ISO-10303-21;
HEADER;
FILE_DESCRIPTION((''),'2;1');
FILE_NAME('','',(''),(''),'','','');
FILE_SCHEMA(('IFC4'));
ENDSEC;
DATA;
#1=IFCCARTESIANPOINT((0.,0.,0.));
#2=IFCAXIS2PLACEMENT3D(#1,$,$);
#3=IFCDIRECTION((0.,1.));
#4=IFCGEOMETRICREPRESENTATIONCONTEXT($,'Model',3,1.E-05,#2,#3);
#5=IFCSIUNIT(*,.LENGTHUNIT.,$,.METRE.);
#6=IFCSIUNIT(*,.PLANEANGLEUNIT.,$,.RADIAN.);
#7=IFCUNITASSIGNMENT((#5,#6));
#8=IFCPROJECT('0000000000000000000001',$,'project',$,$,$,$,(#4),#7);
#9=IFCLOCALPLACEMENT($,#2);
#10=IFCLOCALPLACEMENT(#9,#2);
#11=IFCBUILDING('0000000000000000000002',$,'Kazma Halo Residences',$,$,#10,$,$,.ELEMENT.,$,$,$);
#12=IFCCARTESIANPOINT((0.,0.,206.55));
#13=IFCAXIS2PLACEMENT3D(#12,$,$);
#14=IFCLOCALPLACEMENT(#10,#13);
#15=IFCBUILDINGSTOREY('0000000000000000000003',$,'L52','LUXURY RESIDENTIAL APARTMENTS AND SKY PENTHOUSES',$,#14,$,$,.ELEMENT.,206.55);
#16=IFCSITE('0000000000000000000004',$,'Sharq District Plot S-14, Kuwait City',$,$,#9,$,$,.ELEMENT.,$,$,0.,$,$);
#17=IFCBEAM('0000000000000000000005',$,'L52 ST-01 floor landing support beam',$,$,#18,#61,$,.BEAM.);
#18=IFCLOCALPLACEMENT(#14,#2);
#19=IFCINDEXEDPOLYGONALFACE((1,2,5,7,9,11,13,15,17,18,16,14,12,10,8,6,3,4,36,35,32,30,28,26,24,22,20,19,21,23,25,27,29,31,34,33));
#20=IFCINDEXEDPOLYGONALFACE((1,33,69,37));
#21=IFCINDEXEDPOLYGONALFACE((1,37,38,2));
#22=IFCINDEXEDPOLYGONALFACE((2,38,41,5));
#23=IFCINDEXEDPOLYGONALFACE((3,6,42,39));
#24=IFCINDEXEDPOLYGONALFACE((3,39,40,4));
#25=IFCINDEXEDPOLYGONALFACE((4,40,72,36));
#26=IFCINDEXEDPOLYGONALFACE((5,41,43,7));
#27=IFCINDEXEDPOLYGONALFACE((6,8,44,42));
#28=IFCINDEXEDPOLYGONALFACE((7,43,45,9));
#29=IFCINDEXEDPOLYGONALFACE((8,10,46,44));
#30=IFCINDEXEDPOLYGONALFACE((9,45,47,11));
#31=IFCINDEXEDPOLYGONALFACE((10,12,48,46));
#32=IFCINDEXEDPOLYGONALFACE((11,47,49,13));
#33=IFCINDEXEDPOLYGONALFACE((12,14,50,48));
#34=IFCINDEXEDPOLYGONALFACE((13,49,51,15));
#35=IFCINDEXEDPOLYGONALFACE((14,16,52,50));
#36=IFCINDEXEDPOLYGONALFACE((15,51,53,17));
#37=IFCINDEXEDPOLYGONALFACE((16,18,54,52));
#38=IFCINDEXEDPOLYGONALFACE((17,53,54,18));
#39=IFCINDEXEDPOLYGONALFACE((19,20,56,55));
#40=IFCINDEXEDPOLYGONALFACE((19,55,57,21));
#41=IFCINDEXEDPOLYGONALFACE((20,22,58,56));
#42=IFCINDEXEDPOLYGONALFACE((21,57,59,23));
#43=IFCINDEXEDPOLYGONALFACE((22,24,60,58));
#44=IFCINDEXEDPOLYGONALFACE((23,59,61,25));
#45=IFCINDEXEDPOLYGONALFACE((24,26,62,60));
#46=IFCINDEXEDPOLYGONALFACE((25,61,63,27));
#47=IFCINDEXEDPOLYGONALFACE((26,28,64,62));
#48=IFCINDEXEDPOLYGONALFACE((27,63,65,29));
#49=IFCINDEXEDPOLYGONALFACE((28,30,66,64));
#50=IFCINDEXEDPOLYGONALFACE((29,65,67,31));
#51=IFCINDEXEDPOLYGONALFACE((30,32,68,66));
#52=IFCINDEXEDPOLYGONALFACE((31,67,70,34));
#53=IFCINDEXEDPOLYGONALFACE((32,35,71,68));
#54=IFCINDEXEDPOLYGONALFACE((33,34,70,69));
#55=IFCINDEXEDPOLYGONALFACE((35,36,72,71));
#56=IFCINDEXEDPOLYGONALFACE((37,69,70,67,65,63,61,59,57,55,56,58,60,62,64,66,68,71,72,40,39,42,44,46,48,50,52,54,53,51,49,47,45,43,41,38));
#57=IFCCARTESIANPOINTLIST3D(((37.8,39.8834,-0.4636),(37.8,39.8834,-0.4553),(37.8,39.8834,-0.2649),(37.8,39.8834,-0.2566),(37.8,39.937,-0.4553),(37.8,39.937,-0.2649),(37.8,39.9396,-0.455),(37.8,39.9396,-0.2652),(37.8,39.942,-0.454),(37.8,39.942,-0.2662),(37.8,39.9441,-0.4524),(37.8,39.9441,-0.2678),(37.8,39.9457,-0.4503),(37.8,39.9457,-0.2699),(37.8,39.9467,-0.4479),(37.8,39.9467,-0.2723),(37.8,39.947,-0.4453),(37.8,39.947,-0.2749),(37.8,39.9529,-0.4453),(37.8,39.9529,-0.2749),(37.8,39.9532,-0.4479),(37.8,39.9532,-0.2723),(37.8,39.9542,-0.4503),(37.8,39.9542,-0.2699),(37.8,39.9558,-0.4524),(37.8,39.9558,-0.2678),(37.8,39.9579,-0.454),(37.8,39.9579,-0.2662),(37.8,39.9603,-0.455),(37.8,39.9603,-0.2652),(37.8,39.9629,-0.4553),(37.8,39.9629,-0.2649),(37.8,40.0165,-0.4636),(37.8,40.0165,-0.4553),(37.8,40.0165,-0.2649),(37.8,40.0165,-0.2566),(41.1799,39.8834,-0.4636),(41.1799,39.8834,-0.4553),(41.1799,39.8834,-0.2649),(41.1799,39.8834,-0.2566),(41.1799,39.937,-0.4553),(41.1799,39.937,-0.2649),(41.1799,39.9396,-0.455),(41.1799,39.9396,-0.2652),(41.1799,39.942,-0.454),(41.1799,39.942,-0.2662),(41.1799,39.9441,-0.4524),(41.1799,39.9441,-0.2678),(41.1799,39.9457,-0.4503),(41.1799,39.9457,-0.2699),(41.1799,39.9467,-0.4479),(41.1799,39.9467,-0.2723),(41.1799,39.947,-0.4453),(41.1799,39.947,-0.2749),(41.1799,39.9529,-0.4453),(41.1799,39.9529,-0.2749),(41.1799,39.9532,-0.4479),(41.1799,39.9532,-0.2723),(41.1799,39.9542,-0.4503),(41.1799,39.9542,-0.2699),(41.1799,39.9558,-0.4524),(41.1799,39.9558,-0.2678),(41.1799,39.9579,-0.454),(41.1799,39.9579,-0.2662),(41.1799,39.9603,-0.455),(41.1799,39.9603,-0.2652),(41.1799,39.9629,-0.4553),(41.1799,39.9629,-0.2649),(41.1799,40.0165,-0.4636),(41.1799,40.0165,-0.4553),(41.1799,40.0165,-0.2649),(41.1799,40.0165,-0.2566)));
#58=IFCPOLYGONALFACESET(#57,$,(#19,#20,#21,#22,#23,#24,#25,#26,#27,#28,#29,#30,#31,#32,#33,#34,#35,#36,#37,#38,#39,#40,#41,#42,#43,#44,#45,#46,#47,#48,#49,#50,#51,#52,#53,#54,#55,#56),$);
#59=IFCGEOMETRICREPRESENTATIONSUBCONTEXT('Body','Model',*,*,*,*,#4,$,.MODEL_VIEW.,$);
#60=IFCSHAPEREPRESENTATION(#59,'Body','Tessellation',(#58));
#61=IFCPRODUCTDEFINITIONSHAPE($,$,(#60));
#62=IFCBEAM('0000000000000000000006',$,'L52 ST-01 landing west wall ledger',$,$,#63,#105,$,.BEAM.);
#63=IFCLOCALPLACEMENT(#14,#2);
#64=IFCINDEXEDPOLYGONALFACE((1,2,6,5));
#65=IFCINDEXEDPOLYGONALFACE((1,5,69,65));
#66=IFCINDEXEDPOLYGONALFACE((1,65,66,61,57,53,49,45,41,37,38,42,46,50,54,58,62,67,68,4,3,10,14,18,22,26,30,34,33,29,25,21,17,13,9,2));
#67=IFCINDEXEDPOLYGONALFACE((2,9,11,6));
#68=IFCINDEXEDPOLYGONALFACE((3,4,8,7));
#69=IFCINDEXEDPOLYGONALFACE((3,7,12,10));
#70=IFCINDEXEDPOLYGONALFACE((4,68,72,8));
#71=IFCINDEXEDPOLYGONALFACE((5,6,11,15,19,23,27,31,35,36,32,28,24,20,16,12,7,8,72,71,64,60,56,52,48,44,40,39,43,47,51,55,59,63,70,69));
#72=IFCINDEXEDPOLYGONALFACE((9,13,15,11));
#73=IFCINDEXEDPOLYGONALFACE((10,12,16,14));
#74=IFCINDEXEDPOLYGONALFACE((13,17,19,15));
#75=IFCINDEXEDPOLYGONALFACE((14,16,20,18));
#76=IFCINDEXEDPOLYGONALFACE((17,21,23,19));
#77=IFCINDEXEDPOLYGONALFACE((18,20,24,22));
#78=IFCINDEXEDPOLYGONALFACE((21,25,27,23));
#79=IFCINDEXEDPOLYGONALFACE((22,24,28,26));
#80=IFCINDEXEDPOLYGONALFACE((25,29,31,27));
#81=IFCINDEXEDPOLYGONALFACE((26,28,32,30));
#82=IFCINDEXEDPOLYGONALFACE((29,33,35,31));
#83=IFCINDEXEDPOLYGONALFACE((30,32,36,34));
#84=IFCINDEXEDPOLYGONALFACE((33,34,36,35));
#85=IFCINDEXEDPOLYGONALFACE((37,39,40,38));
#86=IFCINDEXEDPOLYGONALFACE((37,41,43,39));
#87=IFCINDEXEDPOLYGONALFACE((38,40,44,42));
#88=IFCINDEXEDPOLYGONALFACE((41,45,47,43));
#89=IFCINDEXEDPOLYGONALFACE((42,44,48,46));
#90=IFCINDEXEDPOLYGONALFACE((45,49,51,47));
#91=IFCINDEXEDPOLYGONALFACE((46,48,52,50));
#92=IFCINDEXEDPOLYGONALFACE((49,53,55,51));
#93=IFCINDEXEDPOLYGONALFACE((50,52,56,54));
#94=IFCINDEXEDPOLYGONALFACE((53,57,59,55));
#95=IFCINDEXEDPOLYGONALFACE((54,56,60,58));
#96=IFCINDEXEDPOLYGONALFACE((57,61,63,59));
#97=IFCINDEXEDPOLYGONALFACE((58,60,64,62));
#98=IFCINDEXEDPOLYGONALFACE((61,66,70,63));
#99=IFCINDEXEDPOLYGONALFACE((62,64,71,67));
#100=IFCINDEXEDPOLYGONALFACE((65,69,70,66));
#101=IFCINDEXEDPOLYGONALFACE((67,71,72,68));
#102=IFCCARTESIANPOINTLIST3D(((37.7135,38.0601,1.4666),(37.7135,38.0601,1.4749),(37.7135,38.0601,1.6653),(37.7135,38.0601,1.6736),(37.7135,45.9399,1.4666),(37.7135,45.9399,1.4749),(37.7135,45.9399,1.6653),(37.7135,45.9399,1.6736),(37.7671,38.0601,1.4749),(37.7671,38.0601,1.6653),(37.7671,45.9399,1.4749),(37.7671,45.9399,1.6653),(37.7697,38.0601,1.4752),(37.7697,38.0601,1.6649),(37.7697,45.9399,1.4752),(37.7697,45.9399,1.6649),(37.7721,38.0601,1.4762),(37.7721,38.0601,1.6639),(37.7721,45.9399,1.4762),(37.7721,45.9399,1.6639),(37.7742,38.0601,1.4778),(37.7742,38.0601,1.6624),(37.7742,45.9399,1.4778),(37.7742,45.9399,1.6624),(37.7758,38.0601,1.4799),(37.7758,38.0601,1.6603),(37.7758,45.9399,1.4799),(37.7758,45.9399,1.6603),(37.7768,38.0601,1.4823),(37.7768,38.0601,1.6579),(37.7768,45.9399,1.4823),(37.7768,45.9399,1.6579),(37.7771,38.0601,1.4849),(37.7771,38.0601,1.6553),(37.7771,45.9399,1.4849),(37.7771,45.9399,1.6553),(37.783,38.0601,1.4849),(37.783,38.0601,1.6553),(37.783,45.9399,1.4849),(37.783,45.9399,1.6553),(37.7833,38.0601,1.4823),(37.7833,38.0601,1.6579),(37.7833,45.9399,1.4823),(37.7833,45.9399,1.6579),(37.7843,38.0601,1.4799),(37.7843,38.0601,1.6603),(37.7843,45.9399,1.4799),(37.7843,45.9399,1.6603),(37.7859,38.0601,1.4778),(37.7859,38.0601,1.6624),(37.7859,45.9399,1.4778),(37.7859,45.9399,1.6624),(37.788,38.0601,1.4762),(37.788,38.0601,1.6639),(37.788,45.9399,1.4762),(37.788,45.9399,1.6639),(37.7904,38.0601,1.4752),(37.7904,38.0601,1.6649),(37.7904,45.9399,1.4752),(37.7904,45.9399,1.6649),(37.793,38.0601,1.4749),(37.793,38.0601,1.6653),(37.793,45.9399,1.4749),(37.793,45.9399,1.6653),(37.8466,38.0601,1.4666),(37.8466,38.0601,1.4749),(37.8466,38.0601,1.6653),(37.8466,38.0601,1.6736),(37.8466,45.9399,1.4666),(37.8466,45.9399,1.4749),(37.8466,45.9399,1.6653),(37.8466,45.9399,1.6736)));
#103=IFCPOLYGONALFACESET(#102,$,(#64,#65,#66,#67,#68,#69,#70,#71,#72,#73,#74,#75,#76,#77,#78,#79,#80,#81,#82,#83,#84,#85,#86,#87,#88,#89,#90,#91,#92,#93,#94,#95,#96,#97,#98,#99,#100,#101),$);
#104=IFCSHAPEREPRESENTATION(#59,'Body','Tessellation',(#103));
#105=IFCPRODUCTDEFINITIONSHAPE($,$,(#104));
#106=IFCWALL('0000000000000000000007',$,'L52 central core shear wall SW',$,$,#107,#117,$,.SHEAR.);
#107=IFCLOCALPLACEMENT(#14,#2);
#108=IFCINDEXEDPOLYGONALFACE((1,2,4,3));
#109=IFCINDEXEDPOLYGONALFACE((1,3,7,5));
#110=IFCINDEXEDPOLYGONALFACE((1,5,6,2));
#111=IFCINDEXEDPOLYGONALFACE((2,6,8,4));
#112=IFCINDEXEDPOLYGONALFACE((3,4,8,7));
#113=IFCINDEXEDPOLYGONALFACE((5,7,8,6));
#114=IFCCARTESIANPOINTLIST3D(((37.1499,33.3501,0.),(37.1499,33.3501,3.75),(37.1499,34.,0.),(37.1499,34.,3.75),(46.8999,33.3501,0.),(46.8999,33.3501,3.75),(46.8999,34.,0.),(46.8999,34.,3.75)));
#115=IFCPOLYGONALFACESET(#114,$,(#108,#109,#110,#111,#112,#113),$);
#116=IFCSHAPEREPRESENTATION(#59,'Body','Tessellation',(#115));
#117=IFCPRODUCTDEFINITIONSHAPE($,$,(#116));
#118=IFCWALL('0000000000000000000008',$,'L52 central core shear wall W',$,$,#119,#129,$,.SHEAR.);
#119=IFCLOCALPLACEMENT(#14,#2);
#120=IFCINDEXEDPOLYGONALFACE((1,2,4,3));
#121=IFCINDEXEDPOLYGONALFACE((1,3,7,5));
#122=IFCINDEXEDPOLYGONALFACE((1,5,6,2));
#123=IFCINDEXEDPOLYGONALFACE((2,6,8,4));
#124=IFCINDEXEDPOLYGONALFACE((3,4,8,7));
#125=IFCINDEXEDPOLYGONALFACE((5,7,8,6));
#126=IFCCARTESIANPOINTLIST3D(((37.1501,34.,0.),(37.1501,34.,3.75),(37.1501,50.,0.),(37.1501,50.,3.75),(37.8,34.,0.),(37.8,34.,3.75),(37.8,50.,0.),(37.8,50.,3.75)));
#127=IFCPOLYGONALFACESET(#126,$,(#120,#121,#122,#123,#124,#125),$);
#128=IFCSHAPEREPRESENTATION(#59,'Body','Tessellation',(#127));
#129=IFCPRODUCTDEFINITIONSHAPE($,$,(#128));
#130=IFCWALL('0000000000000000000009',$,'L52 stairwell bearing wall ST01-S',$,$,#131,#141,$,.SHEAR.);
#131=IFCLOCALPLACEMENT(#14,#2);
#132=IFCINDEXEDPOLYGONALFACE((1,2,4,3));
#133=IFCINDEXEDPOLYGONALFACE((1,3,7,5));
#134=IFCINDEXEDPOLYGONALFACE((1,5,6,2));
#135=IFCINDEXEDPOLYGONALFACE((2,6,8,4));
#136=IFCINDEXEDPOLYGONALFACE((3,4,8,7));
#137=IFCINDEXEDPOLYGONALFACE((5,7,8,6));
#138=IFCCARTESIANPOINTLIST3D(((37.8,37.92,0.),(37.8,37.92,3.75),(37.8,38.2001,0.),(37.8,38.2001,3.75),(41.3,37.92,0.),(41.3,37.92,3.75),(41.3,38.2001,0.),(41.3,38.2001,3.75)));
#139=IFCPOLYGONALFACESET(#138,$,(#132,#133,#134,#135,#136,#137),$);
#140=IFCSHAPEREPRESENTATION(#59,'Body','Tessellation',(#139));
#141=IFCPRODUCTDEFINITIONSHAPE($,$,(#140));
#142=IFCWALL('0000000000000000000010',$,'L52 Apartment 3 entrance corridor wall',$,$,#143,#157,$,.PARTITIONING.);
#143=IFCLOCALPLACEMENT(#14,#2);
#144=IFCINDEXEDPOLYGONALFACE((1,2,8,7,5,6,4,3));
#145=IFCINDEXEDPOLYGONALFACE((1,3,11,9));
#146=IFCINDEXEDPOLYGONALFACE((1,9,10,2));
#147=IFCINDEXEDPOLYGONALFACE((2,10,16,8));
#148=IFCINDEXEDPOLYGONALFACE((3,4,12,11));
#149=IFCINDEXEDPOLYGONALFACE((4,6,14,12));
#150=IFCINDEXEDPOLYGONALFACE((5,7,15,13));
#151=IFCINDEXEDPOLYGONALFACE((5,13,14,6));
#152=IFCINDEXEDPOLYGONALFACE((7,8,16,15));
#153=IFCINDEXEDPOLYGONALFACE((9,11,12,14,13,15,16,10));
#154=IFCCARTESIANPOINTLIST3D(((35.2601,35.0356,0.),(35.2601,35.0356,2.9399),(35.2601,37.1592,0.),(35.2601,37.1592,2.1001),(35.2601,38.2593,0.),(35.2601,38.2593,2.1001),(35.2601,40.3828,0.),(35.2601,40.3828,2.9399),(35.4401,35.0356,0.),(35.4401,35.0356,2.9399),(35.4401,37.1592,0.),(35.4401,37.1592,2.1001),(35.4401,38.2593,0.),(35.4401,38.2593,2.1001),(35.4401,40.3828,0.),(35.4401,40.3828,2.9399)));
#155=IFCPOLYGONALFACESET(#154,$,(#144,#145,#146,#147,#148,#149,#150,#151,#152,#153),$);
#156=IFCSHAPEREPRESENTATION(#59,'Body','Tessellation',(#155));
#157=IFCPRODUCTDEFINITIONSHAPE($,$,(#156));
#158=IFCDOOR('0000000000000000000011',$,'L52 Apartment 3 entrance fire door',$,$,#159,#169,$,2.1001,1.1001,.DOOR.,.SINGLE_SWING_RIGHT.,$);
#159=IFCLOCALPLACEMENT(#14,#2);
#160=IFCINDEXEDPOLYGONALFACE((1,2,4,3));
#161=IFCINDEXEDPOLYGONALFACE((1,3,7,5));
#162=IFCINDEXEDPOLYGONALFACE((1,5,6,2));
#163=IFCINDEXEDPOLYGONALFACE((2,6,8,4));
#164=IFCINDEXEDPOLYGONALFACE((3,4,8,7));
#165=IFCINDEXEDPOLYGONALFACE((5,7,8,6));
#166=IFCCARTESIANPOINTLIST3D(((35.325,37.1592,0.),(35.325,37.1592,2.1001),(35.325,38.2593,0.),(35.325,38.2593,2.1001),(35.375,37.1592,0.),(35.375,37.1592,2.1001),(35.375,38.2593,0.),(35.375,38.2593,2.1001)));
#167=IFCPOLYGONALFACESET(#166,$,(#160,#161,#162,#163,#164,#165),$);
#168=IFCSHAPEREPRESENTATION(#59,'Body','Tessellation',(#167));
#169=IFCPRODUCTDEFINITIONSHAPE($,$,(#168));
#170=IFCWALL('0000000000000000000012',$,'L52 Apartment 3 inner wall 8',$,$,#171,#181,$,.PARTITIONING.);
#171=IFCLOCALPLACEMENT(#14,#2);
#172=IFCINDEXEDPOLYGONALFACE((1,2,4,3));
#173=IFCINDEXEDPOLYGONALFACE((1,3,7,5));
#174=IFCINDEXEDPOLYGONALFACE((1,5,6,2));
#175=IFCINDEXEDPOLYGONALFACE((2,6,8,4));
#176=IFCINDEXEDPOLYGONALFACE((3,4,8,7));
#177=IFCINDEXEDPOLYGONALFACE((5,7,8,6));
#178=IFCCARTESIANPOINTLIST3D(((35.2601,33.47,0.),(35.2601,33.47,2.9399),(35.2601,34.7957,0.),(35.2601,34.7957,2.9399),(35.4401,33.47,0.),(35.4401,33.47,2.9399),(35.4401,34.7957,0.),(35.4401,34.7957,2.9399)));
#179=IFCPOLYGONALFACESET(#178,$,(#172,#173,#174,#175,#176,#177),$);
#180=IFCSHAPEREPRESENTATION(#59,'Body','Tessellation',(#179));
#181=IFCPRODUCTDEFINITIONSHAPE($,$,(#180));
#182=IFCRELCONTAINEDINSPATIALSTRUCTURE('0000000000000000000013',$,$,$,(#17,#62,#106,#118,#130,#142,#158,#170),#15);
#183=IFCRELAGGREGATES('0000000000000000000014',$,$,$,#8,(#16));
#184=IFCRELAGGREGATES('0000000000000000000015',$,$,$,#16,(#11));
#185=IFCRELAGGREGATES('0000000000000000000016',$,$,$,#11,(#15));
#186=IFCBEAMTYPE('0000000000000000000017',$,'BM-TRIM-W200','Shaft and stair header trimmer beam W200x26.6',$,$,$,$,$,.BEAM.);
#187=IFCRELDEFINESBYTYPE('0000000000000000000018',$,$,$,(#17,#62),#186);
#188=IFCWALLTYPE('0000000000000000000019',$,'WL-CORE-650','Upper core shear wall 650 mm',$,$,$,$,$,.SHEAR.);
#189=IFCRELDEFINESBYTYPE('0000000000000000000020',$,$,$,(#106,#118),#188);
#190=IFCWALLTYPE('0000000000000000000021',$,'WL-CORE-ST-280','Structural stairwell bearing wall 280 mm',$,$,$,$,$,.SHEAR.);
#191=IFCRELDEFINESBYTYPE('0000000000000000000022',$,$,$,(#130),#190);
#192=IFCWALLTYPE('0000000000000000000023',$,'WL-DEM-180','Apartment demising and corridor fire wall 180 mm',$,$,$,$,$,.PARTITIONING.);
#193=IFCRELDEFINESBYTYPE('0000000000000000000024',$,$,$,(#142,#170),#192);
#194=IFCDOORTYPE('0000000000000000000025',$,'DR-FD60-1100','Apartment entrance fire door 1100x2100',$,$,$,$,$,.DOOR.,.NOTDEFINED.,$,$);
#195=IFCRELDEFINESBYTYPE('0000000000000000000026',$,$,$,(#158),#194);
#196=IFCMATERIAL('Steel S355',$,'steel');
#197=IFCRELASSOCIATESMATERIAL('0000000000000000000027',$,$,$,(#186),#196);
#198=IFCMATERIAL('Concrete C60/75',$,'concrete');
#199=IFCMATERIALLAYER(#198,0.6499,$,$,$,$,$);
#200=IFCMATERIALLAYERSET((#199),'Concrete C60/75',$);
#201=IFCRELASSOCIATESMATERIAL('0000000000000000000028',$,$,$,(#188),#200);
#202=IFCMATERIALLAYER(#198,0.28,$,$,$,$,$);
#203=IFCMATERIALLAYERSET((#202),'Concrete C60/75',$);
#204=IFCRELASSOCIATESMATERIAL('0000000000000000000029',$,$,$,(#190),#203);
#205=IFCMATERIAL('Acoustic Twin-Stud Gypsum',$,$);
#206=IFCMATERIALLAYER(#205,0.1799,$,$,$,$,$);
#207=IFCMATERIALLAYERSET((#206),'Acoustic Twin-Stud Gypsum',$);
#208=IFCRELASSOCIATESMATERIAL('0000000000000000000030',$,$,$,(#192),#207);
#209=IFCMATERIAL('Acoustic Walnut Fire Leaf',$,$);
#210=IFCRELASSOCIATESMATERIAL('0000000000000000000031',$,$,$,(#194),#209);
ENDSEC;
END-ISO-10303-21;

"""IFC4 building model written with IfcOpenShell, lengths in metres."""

from ifc_helpers import new_model, si_unit, direction, frame, frame_2d, origin, origin_2d, place, context, subcontext, project, spatial, rectangle, i_section, extrude, material, layer, layer_set, material_profile, profile_set, type_object, element, fill, save


model = new_model("IFC4")

# Units and contexts
model_context = context("Model", 3, precision=1e-05, world=origin(), true_north=direction((0.0, 1.0)))
body_context = subcontext(model_context, "Body", "Model", "MODEL_VIEW")
ifc_project = project(units=[si_unit("LENGTHUNIT", "METRE"), si_unit("PLANEANGLEUNIT", "RADIAN")], contexts=[model_context])

# Site, building, storey
site_placement = place(None, origin())
site = spatial("IfcSite", under=ifc_project, at=site_placement, Name="Sharq District Plot S-14, Kuwait City", CompositionType="ELEMENT", RefElevation=0.0)
building_placement = place(site_placement, origin())
building = spatial("IfcBuilding", under=site, at=building_placement, Name="Kazma Halo Residences", CompositionType="ELEMENT")
storey_placement = place(building_placement, frame((0.0, 0.0, 206.55)))
storey = spatial("IfcBuildingStorey", under=building, at=storey_placement, Name="L52", Description="LUXURY RESIDENTIAL APARTMENTS AND SKY PENTHOUSES", CompositionType="ELEMENT", Elevation=206.55)

# Beams
ifc_material_1 = material(Name="Steel S355", Category="steel")
ifc_material_profile_1 = material_profile(ifc_material_1, i_section(OverallWidth=0.1331, OverallDepth=0.207, WebThickness=0.0059, FlangeThickness=0.0083, FilletRadius=0.01, at=origin_2d()), Name="W200x26.6")
ifc_profile_set_1 = profile_set([ifc_material_profile_1], Name="Steel S355")
beam_type_1 = type_object("IfcBeamType", Name="BM-TRIM-W200", Description="Shaft and stair header trimmer beam W200x26.6", PredefinedType="BEAM", material=ifc_profile_set_1)
beam_1_placement = place(storey_placement, frame((37.8, 39.95, -0.3601), z_axis=(1.0, 0.0, 0.0), x_axis=(0.0, 1.0, 0.0)))
element("IfcBeam", 1, at=beam_1_placement, inside=storey, type_object=beam_type_1, Name="L52 ST-01 floor landing support beam", PredefinedType="BEAM", context=body_context, shape_type="SweptSolid", body=[
    extrude(i_section(OverallWidth=0.1331, OverallDepth=0.207, WebThickness=0.0059, FlangeThickness=0.0083, FilletRadius=0.01, at=origin_2d()), origin(), (0.0, 0.0, 1.0), 3.3799),
])
beam_2_placement = place(storey_placement, frame((37.78, 38.0601, 1.5701), z_axis=(0.0, 1.0, 0.0), x_axis=(-1.0, 0.0, 0.0)))
element("IfcBeam", 2, at=beam_2_placement, inside=storey, type_object=beam_type_1, Name="L52 ST-01 landing west wall ledger", PredefinedType="BEAM", context=body_context, shape_type="SweptSolid", body=[
    extrude(i_section(OverallWidth=0.1331, OverallDepth=0.207, WebThickness=0.0059, FlangeThickness=0.0083, FilletRadius=0.01, at=origin_2d()), origin(), (0.0, 0.0, 1.0), 7.8799),
])

# Walls
ifc_material_2 = material(Name="Concrete C60/75", Category="concrete")
ifc_layer_1 = layer(ifc_material_2, 0.6499)
ifc_layer_set_1 = layer_set([ifc_layer_1], Name="Concrete C60/75")
wall_type_1 = type_object("IfcWallType", Name="WL-CORE-650", Description="Upper core shear wall 650 mm", PredefinedType="SHEAR", material=ifc_layer_set_1)
wall_1_placement = place(storey_placement, frame((37.1499, 33.675, 0.0), z_axis=(0.0, 0.0, 1.0), x_axis=(1.0, 0.0, 0.0)))
element("IfcWall", 3, at=wall_1_placement, inside=storey, type_object=wall_type_1, Name="L52 central core shear wall SW", PredefinedType="SHEAR", context=body_context, shape_type="SweptSolid", body=[
    extrude(rectangle(XDim=9.75, YDim=0.6499, at=frame_2d((4.875, 0.0))), origin(), (0.0, 0.0, 1.0), 3.75),
])
wall_2_placement = place(storey_placement, frame((37.4751, 34.0, 0.0), z_axis=(0.0, 0.0, 1.0), x_axis=(0.0, 1.0, 0.0)))
element("IfcWall", 4, at=wall_2_placement, inside=storey, type_object=wall_type_1, Name="L52 central core shear wall W", PredefinedType="SHEAR", context=body_context, shape_type="SweptSolid", body=[
    extrude(rectangle(XDim=16.0, YDim=0.6499, at=frame_2d((8.0, 0.0))), origin(), (0.0, 0.0, 1.0), 3.75),
])
ifc_layer_2 = layer(ifc_material_2, 0.28)
ifc_layer_set_2 = layer_set([ifc_layer_2], Name="Concrete C60/75")
wall_type_2 = type_object("IfcWallType", Name="WL-CORE-ST-280", Description="Structural stairwell bearing wall 280 mm", PredefinedType="SHEAR", material=ifc_layer_set_2)
wall_3_placement = place(storey_placement, frame((37.8, 38.0601, 0.0), z_axis=(0.0, 0.0, 1.0), x_axis=(1.0, 0.0, 0.0)))
element("IfcWall", 5, at=wall_3_placement, inside=storey, type_object=wall_type_2, Name="L52 stairwell bearing wall ST01-S", PredefinedType="SHEAR", context=body_context, shape_type="SweptSolid", body=[
    extrude(rectangle(XDim=3.5, YDim=0.28, at=frame_2d((1.75, 0.0))), origin(), (0.0, 0.0, 1.0), 3.75),
])

# Wall, opening, door
ifc_material_3 = material(Name="Acoustic Twin-Stud Gypsum")
ifc_layer_3 = layer(ifc_material_3, 0.1799)
ifc_layer_set_3 = layer_set([ifc_layer_3], Name="Acoustic Twin-Stud Gypsum")
wall_type_3 = type_object("IfcWallType", Name="WL-DEM-180", Description="Apartment demising and corridor fire wall 180 mm", PredefinedType="PARTITIONING", material=ifc_layer_set_3)
wall_4_placement = place(storey_placement, frame((35.3501, 40.3828, 0.0), z_axis=(0.0, 0.0, 1.0), x_axis=(0.0, -1.0, 0.0)))
wall_4 = element("IfcWall", 6, at=wall_4_placement, inside=storey, type_object=wall_type_3, Name="L52 Apartment 3 entrance corridor wall", PredefinedType="PARTITIONING", context=body_context, shape_type="SweptSolid", body=[
    extrude(rectangle(XDim=5.3472, YDim=0.1799, at=frame_2d((2.6736, 0.0))), origin(), (0.0, 0.0, 1.0), 2.9399),
])
opening_1_placement = place(wall_4_placement, frame((2.1235, 0.0, 0.0)))
opening_1 = element("IfcOpeningElement", 7, at=opening_1_placement, cuts=wall_4, PredefinedType="OPENING", context=body_context, shape_type="SweptSolid", body=[
    extrude(rectangle(XDim=1.1001, YDim=2.1001, at=frame_2d((0.55, 1.05))), frame((0.0, 0.0999, 0.0), z_axis=(0.0, -1.0, 0.0), x_axis=(1.0, 0.0, 0.0)), (0.0, 0.0, 1.0), 0.2),
])
ifc_material_4 = material(Name="Acoustic Walnut Fire Leaf")
door_type_1 = type_object("IfcDoorType", Name="DR-FD60-1100", Description="Apartment entrance fire door 1100x2100", OperationType="NOTDEFINED", PredefinedType="DOOR", material=ifc_material_4)
door_1_placement = place(opening_1_placement, origin())
door_1 = element("IfcDoor", 8, at=door_1_placement, inside=storey, type_object=door_type_1, Name="L52 Apartment 3 entrance fire door", OperationType="SINGLE_SWING_RIGHT", OverallHeight=2.1001, OverallWidth=1.1001, PredefinedType="DOOR", context=body_context, shape_type="SweptSolid", body=[
    extrude(rectangle(XDim=1.1001, YDim=2.1001, at=frame_2d((0.55, 1.05))), frame((0.0, 0.0249, 0.0), z_axis=(0.0, -1.0, 0.0), x_axis=(1.0, 0.0, 0.0)), (0.0, 0.0, 1.0), 0.05),
])
fill(opening_1, door_1)

# Wall
wall_5_placement = place(storey_placement, frame((35.3501, 34.7957, 0.0), z_axis=(0.0, 0.0, 1.0), x_axis=(0.0, -1.0, 0.0)))
element("IfcWall", 9, at=wall_5_placement, inside=storey, type_object=wall_type_3, Name="L52 Apartment 3 inner wall 8", PredefinedType="PARTITIONING", context=body_context, shape_type="SweptSolid", body=[
    extrude(rectangle(XDim=1.3257, YDim=0.1799, at=frame_2d((0.6628, 0.0))), origin(), (0.0, 0.0, 1.0), 2.9399),
])

save(model, "model.ifc")
